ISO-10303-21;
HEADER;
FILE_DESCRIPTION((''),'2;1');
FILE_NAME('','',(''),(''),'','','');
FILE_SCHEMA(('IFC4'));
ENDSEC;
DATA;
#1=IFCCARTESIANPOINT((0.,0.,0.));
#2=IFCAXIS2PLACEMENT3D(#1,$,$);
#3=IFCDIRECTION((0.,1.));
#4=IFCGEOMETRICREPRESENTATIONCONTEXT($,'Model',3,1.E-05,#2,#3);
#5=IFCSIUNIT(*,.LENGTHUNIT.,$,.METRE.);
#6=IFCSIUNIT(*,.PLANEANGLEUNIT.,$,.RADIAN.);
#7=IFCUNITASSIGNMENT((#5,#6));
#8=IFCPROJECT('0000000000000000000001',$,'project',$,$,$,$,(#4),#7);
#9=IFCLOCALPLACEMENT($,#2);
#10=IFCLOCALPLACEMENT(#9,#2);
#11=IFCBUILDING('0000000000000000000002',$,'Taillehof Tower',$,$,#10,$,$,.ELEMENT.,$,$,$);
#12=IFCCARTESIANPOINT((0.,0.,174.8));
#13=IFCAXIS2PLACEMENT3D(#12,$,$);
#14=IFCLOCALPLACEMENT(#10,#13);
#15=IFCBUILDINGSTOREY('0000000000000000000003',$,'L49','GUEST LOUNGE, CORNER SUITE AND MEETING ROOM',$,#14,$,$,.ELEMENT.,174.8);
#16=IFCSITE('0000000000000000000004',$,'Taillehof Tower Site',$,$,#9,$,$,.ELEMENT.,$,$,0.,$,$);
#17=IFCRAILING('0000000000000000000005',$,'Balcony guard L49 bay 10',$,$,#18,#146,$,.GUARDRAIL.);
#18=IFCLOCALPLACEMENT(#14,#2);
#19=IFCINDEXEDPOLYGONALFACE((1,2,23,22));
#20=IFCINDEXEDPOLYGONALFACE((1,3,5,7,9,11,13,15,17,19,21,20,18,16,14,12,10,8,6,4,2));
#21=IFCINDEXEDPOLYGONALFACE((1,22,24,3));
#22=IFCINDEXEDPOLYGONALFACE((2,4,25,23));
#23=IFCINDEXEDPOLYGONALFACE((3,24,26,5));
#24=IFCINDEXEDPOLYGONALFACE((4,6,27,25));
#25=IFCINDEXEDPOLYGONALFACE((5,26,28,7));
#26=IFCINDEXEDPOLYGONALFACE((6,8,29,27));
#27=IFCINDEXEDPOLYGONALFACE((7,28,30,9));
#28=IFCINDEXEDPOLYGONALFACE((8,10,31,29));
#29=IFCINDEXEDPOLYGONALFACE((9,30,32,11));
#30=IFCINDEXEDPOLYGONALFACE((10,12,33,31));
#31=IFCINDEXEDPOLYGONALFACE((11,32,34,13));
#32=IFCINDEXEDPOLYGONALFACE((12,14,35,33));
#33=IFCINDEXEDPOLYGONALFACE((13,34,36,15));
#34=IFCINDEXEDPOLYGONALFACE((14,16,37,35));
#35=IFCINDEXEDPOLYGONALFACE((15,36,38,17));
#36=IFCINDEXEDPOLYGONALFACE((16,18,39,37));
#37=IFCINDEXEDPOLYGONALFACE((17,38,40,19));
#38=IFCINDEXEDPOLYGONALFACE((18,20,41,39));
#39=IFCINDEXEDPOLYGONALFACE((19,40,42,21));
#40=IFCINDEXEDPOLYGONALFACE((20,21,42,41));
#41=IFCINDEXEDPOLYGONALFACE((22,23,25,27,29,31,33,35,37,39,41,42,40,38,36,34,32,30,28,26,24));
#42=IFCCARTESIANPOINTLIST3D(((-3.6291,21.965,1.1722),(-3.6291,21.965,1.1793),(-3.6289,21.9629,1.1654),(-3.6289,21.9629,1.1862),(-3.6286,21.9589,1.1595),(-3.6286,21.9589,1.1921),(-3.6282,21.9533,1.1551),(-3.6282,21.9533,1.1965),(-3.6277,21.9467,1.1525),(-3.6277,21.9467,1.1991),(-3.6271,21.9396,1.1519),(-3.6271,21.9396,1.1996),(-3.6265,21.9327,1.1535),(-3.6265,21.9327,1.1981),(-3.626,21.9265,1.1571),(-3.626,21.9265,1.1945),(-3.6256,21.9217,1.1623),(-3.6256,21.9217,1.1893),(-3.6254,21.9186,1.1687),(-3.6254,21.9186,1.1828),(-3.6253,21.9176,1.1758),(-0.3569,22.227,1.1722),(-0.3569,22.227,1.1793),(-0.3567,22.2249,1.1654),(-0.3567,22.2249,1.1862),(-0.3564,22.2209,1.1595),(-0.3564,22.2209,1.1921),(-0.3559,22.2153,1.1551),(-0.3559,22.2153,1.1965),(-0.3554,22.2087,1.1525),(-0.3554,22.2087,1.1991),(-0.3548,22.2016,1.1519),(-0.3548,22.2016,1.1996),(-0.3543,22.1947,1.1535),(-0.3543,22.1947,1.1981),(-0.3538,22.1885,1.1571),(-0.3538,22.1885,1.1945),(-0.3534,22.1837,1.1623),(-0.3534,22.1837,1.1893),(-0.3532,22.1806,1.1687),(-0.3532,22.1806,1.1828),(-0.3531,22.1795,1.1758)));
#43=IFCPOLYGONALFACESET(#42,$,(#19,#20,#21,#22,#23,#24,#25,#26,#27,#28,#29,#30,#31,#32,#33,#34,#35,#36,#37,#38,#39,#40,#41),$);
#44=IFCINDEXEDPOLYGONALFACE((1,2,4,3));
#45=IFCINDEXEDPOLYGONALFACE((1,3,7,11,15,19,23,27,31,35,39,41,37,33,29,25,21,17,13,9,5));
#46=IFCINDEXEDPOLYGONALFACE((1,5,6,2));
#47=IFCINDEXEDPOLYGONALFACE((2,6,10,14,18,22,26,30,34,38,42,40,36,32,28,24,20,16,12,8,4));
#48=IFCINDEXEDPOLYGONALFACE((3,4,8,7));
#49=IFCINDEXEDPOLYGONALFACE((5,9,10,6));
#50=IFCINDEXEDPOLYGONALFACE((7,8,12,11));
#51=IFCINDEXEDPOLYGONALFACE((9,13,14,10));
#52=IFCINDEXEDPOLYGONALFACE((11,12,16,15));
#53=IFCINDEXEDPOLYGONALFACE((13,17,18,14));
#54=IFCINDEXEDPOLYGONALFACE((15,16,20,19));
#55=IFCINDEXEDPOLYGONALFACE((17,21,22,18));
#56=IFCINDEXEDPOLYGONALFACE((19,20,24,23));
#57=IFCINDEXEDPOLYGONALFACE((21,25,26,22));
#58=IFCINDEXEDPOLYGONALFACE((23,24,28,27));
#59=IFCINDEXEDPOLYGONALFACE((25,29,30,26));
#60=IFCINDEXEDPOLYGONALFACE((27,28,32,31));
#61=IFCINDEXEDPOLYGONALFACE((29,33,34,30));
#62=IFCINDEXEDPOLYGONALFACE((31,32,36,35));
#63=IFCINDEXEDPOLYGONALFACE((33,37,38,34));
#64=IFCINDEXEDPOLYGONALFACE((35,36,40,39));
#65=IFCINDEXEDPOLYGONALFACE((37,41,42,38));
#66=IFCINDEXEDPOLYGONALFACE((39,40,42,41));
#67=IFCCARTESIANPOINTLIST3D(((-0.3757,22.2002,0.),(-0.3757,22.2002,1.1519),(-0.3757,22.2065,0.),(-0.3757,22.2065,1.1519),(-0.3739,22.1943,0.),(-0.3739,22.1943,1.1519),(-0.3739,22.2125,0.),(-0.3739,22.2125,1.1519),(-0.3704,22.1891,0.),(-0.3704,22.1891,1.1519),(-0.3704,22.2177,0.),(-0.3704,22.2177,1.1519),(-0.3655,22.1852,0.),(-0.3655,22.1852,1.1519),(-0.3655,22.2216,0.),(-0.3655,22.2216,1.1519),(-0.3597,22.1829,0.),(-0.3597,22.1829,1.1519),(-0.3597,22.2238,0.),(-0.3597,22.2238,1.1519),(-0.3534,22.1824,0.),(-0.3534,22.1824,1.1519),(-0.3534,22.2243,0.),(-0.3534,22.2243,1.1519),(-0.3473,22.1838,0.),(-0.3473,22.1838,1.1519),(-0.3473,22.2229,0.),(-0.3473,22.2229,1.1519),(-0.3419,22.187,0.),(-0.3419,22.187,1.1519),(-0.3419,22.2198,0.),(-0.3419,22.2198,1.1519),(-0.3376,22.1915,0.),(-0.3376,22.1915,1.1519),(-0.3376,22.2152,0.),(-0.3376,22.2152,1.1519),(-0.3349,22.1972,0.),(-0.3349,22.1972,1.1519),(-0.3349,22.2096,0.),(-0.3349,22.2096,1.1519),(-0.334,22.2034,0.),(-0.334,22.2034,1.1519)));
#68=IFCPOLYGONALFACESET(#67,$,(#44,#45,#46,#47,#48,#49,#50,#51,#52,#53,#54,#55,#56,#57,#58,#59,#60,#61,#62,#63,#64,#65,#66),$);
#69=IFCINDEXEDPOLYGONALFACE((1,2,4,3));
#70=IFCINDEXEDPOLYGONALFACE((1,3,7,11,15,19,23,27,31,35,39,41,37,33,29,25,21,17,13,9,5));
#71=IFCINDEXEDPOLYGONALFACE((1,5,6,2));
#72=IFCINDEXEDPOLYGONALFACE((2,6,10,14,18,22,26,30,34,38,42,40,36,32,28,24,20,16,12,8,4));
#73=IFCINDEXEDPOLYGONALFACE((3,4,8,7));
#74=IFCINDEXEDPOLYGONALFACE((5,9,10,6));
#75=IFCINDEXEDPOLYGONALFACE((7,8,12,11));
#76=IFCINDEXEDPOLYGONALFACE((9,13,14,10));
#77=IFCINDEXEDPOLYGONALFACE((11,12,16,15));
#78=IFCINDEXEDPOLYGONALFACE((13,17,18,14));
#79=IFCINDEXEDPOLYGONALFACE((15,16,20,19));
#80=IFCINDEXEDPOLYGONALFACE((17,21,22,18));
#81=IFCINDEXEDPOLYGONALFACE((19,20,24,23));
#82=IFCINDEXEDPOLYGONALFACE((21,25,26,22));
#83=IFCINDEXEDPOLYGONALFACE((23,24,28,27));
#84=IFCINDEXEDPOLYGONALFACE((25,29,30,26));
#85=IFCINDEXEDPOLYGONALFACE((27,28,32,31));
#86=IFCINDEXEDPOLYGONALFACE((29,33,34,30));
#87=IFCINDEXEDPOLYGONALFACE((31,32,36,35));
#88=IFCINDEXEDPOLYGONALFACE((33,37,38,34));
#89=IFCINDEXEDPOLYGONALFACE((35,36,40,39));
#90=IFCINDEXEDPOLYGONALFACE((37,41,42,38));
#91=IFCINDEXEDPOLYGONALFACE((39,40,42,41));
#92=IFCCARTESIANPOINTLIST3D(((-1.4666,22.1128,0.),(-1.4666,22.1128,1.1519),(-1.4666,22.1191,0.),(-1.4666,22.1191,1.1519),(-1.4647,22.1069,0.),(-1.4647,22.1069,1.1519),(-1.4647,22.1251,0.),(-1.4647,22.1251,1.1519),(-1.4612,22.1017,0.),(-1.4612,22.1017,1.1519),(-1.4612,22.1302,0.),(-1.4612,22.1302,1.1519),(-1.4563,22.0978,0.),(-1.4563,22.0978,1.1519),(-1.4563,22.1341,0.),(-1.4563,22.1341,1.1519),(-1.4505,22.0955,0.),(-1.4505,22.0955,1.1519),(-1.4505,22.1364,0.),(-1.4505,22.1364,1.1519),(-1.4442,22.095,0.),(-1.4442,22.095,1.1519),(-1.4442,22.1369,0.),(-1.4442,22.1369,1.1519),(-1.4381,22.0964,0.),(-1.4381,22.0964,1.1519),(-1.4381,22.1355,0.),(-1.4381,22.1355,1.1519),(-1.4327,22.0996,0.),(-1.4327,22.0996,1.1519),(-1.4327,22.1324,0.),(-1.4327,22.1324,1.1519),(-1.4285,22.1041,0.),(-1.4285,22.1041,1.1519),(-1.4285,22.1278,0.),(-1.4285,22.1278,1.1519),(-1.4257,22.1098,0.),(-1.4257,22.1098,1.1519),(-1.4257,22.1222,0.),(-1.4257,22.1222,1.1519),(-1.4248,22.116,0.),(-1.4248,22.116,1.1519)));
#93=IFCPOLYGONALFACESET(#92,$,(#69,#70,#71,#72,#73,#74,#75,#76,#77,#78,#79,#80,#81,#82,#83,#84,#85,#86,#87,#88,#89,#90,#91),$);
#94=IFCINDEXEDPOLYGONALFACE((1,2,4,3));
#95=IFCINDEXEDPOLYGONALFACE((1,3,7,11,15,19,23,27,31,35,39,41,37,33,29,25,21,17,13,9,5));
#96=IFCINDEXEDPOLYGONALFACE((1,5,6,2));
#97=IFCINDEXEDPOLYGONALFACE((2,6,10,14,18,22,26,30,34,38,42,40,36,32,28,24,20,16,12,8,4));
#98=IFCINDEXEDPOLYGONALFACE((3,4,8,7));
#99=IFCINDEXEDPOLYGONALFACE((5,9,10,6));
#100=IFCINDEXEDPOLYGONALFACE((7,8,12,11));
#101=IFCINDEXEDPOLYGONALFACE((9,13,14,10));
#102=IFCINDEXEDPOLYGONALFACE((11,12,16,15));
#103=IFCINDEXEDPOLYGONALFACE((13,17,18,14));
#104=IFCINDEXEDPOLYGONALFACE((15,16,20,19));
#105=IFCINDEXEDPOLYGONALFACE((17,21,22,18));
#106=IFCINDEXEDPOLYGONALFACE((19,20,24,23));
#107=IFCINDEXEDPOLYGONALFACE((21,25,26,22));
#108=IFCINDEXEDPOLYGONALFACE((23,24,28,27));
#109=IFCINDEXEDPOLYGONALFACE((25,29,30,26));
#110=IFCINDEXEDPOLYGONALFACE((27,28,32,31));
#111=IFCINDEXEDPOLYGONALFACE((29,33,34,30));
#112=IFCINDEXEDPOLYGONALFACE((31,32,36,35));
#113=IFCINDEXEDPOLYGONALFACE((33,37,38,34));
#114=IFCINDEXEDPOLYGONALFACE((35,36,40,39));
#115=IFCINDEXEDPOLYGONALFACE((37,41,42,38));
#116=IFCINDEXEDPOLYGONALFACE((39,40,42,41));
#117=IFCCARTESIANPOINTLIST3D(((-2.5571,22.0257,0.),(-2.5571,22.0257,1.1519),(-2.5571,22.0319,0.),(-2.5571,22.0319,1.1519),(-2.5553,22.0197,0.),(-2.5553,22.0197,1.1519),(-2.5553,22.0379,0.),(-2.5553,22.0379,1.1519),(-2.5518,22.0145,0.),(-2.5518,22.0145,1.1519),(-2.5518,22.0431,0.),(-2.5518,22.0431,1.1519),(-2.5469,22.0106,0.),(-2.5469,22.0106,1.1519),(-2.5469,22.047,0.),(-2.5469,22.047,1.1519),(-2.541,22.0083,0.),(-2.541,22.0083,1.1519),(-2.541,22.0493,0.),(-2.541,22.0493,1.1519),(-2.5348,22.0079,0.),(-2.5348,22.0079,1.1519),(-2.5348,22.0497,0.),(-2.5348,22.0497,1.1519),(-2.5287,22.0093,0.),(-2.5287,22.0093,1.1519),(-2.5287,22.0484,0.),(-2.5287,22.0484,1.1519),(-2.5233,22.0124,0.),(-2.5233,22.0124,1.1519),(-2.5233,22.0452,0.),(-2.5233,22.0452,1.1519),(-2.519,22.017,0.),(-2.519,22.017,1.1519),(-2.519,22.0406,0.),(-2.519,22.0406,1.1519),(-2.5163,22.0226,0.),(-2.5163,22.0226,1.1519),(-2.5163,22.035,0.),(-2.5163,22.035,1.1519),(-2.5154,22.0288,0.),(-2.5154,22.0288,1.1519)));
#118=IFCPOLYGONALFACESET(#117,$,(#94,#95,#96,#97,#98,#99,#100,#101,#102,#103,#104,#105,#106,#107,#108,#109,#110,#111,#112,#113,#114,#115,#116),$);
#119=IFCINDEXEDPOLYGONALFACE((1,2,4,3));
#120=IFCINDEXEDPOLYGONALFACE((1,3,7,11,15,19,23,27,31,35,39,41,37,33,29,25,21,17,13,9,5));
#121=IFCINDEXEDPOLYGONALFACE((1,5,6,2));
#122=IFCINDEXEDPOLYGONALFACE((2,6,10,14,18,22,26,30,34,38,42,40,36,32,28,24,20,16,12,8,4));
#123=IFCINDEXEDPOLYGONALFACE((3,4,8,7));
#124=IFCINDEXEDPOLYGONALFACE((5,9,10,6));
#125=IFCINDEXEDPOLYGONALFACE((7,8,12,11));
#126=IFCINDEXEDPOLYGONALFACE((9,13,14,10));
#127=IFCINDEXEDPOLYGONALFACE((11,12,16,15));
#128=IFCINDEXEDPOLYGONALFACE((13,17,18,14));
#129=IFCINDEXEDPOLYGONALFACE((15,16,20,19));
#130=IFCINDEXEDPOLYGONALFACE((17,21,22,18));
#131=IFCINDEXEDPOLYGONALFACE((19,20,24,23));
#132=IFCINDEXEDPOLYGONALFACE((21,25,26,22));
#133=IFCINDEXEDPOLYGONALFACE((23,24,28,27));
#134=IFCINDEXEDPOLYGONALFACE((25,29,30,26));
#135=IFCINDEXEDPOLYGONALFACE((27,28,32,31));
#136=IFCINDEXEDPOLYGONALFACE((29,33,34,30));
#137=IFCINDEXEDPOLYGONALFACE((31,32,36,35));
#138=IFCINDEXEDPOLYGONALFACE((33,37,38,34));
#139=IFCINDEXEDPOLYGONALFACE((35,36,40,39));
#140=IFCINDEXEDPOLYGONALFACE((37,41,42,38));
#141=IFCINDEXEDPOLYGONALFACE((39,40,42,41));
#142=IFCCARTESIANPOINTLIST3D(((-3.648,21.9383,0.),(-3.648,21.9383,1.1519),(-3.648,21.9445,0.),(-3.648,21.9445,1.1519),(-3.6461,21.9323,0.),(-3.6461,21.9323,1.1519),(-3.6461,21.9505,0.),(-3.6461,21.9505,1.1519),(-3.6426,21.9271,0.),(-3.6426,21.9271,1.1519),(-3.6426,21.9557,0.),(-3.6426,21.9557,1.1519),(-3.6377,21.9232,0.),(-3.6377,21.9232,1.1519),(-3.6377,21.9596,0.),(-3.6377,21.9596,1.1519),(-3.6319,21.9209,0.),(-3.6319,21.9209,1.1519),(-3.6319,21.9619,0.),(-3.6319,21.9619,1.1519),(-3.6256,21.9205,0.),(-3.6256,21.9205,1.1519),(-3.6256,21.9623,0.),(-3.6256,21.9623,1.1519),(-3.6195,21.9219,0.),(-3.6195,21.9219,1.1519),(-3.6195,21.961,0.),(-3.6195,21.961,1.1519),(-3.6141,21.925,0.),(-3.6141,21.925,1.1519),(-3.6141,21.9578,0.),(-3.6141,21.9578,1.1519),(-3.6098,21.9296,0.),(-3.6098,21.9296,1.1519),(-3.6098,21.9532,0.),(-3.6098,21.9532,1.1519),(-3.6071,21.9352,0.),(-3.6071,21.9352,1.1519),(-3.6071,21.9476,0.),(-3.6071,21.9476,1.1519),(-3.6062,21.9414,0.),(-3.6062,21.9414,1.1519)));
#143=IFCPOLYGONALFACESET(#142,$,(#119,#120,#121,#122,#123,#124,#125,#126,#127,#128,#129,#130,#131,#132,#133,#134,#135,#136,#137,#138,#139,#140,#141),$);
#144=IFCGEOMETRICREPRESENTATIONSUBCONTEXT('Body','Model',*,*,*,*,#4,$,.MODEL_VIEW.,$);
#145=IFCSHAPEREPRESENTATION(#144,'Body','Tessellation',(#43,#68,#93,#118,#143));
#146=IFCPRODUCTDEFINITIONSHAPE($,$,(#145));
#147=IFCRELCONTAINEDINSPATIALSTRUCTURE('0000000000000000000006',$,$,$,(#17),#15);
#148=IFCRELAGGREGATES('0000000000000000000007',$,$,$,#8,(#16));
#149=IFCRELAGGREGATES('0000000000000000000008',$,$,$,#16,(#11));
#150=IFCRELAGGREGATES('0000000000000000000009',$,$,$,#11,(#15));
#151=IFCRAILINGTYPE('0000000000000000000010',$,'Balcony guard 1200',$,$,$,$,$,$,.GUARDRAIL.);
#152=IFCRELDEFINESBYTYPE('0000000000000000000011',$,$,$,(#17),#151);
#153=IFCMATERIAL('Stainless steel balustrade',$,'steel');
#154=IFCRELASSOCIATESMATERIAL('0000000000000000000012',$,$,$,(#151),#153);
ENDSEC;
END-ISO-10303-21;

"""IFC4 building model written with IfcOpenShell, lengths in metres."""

from ifc_helpers import new_model, si_unit, direction, frame, origin, origin_2d, place, context, subcontext, project, spatial, circle, extrude, material, type_object, element, save


model = new_model("IFC4")

# Units and contexts
model_context = context("Model", 3, precision=1e-05, world=origin(), true_north=direction((0.0, 1.0)))
body_context = subcontext(model_context, "Body", "Model", "MODEL_VIEW")
ifc_project = project(units=[si_unit("LENGTHUNIT", "METRE"), si_unit("PLANEANGLEUNIT", "RADIAN")], contexts=[model_context])

# Site, building, storey
site_placement = place(None, origin())
site = spatial("IfcSite", under=ifc_project, at=site_placement, Name="Taillehof Tower Site", CompositionType="ELEMENT", RefElevation=0.0)
building_placement = place(site_placement, origin())
building = spatial("IfcBuilding", under=site, at=building_placement, Name="Taillehof Tower", CompositionType="ELEMENT")
storey_placement = place(building_placement, frame((0.0, 0.0, 174.8)))
storey = spatial("IfcBuildingStorey", under=building, at=storey_placement, Name="L49", Description="GUEST LOUNGE, CORNER SUITE AND MEETING ROOM", CompositionType="ELEMENT", Elevation=174.8)

# Railing
ifc_material_1 = material(Name="Stainless steel balustrade", Category="steel")
railing_type = type_object("IfcRailingType", Name="Balcony guard 1200", PredefinedType="GUARDRAIL", material=ifc_material_1)
railing_1_placement = place(storey_placement, frame((-0.355, 22.2034, 0.0)))
element("IfcRailing", 1, at=railing_1_placement, inside=storey, type_object=railing_type, Name="Balcony guard L49 bay 10", PredefinedType="GUARDRAIL", context=body_context, shape_type="SweptSolid", body=[
    extrude(circle(Radius=0.0239, at=origin_2d()), frame((0.0, 0.0, 1.1758), z_axis=(-0.996811, -0.079801, 0.0), x_axis=(0.079801, -0.996811, 0.0)), (0.0, 0.0, 1.0), 3.2827),
    extrude(circle(Radius=0.021, at=origin_2d()), origin(), (0.0, 0.0, 1.0), 1.1519),
    extrude(circle(Radius=0.021, at=origin_2d()), frame((-1.0908, -0.0874, 0.0)), (0.0, 0.0, 1.0), 1.1519),
    extrude(circle(Radius=0.021, at=origin_2d()), frame((-2.1814, -0.1746, 0.0)), (0.0, 0.0, 1.0), 1.1519),
    extrude(circle(Radius=0.021, at=origin_2d()), frame((-3.2722, -0.262, 0.0)), (0.0, 0.0, 1.0), 1.1519),
])

save(model, "model.ifc")
